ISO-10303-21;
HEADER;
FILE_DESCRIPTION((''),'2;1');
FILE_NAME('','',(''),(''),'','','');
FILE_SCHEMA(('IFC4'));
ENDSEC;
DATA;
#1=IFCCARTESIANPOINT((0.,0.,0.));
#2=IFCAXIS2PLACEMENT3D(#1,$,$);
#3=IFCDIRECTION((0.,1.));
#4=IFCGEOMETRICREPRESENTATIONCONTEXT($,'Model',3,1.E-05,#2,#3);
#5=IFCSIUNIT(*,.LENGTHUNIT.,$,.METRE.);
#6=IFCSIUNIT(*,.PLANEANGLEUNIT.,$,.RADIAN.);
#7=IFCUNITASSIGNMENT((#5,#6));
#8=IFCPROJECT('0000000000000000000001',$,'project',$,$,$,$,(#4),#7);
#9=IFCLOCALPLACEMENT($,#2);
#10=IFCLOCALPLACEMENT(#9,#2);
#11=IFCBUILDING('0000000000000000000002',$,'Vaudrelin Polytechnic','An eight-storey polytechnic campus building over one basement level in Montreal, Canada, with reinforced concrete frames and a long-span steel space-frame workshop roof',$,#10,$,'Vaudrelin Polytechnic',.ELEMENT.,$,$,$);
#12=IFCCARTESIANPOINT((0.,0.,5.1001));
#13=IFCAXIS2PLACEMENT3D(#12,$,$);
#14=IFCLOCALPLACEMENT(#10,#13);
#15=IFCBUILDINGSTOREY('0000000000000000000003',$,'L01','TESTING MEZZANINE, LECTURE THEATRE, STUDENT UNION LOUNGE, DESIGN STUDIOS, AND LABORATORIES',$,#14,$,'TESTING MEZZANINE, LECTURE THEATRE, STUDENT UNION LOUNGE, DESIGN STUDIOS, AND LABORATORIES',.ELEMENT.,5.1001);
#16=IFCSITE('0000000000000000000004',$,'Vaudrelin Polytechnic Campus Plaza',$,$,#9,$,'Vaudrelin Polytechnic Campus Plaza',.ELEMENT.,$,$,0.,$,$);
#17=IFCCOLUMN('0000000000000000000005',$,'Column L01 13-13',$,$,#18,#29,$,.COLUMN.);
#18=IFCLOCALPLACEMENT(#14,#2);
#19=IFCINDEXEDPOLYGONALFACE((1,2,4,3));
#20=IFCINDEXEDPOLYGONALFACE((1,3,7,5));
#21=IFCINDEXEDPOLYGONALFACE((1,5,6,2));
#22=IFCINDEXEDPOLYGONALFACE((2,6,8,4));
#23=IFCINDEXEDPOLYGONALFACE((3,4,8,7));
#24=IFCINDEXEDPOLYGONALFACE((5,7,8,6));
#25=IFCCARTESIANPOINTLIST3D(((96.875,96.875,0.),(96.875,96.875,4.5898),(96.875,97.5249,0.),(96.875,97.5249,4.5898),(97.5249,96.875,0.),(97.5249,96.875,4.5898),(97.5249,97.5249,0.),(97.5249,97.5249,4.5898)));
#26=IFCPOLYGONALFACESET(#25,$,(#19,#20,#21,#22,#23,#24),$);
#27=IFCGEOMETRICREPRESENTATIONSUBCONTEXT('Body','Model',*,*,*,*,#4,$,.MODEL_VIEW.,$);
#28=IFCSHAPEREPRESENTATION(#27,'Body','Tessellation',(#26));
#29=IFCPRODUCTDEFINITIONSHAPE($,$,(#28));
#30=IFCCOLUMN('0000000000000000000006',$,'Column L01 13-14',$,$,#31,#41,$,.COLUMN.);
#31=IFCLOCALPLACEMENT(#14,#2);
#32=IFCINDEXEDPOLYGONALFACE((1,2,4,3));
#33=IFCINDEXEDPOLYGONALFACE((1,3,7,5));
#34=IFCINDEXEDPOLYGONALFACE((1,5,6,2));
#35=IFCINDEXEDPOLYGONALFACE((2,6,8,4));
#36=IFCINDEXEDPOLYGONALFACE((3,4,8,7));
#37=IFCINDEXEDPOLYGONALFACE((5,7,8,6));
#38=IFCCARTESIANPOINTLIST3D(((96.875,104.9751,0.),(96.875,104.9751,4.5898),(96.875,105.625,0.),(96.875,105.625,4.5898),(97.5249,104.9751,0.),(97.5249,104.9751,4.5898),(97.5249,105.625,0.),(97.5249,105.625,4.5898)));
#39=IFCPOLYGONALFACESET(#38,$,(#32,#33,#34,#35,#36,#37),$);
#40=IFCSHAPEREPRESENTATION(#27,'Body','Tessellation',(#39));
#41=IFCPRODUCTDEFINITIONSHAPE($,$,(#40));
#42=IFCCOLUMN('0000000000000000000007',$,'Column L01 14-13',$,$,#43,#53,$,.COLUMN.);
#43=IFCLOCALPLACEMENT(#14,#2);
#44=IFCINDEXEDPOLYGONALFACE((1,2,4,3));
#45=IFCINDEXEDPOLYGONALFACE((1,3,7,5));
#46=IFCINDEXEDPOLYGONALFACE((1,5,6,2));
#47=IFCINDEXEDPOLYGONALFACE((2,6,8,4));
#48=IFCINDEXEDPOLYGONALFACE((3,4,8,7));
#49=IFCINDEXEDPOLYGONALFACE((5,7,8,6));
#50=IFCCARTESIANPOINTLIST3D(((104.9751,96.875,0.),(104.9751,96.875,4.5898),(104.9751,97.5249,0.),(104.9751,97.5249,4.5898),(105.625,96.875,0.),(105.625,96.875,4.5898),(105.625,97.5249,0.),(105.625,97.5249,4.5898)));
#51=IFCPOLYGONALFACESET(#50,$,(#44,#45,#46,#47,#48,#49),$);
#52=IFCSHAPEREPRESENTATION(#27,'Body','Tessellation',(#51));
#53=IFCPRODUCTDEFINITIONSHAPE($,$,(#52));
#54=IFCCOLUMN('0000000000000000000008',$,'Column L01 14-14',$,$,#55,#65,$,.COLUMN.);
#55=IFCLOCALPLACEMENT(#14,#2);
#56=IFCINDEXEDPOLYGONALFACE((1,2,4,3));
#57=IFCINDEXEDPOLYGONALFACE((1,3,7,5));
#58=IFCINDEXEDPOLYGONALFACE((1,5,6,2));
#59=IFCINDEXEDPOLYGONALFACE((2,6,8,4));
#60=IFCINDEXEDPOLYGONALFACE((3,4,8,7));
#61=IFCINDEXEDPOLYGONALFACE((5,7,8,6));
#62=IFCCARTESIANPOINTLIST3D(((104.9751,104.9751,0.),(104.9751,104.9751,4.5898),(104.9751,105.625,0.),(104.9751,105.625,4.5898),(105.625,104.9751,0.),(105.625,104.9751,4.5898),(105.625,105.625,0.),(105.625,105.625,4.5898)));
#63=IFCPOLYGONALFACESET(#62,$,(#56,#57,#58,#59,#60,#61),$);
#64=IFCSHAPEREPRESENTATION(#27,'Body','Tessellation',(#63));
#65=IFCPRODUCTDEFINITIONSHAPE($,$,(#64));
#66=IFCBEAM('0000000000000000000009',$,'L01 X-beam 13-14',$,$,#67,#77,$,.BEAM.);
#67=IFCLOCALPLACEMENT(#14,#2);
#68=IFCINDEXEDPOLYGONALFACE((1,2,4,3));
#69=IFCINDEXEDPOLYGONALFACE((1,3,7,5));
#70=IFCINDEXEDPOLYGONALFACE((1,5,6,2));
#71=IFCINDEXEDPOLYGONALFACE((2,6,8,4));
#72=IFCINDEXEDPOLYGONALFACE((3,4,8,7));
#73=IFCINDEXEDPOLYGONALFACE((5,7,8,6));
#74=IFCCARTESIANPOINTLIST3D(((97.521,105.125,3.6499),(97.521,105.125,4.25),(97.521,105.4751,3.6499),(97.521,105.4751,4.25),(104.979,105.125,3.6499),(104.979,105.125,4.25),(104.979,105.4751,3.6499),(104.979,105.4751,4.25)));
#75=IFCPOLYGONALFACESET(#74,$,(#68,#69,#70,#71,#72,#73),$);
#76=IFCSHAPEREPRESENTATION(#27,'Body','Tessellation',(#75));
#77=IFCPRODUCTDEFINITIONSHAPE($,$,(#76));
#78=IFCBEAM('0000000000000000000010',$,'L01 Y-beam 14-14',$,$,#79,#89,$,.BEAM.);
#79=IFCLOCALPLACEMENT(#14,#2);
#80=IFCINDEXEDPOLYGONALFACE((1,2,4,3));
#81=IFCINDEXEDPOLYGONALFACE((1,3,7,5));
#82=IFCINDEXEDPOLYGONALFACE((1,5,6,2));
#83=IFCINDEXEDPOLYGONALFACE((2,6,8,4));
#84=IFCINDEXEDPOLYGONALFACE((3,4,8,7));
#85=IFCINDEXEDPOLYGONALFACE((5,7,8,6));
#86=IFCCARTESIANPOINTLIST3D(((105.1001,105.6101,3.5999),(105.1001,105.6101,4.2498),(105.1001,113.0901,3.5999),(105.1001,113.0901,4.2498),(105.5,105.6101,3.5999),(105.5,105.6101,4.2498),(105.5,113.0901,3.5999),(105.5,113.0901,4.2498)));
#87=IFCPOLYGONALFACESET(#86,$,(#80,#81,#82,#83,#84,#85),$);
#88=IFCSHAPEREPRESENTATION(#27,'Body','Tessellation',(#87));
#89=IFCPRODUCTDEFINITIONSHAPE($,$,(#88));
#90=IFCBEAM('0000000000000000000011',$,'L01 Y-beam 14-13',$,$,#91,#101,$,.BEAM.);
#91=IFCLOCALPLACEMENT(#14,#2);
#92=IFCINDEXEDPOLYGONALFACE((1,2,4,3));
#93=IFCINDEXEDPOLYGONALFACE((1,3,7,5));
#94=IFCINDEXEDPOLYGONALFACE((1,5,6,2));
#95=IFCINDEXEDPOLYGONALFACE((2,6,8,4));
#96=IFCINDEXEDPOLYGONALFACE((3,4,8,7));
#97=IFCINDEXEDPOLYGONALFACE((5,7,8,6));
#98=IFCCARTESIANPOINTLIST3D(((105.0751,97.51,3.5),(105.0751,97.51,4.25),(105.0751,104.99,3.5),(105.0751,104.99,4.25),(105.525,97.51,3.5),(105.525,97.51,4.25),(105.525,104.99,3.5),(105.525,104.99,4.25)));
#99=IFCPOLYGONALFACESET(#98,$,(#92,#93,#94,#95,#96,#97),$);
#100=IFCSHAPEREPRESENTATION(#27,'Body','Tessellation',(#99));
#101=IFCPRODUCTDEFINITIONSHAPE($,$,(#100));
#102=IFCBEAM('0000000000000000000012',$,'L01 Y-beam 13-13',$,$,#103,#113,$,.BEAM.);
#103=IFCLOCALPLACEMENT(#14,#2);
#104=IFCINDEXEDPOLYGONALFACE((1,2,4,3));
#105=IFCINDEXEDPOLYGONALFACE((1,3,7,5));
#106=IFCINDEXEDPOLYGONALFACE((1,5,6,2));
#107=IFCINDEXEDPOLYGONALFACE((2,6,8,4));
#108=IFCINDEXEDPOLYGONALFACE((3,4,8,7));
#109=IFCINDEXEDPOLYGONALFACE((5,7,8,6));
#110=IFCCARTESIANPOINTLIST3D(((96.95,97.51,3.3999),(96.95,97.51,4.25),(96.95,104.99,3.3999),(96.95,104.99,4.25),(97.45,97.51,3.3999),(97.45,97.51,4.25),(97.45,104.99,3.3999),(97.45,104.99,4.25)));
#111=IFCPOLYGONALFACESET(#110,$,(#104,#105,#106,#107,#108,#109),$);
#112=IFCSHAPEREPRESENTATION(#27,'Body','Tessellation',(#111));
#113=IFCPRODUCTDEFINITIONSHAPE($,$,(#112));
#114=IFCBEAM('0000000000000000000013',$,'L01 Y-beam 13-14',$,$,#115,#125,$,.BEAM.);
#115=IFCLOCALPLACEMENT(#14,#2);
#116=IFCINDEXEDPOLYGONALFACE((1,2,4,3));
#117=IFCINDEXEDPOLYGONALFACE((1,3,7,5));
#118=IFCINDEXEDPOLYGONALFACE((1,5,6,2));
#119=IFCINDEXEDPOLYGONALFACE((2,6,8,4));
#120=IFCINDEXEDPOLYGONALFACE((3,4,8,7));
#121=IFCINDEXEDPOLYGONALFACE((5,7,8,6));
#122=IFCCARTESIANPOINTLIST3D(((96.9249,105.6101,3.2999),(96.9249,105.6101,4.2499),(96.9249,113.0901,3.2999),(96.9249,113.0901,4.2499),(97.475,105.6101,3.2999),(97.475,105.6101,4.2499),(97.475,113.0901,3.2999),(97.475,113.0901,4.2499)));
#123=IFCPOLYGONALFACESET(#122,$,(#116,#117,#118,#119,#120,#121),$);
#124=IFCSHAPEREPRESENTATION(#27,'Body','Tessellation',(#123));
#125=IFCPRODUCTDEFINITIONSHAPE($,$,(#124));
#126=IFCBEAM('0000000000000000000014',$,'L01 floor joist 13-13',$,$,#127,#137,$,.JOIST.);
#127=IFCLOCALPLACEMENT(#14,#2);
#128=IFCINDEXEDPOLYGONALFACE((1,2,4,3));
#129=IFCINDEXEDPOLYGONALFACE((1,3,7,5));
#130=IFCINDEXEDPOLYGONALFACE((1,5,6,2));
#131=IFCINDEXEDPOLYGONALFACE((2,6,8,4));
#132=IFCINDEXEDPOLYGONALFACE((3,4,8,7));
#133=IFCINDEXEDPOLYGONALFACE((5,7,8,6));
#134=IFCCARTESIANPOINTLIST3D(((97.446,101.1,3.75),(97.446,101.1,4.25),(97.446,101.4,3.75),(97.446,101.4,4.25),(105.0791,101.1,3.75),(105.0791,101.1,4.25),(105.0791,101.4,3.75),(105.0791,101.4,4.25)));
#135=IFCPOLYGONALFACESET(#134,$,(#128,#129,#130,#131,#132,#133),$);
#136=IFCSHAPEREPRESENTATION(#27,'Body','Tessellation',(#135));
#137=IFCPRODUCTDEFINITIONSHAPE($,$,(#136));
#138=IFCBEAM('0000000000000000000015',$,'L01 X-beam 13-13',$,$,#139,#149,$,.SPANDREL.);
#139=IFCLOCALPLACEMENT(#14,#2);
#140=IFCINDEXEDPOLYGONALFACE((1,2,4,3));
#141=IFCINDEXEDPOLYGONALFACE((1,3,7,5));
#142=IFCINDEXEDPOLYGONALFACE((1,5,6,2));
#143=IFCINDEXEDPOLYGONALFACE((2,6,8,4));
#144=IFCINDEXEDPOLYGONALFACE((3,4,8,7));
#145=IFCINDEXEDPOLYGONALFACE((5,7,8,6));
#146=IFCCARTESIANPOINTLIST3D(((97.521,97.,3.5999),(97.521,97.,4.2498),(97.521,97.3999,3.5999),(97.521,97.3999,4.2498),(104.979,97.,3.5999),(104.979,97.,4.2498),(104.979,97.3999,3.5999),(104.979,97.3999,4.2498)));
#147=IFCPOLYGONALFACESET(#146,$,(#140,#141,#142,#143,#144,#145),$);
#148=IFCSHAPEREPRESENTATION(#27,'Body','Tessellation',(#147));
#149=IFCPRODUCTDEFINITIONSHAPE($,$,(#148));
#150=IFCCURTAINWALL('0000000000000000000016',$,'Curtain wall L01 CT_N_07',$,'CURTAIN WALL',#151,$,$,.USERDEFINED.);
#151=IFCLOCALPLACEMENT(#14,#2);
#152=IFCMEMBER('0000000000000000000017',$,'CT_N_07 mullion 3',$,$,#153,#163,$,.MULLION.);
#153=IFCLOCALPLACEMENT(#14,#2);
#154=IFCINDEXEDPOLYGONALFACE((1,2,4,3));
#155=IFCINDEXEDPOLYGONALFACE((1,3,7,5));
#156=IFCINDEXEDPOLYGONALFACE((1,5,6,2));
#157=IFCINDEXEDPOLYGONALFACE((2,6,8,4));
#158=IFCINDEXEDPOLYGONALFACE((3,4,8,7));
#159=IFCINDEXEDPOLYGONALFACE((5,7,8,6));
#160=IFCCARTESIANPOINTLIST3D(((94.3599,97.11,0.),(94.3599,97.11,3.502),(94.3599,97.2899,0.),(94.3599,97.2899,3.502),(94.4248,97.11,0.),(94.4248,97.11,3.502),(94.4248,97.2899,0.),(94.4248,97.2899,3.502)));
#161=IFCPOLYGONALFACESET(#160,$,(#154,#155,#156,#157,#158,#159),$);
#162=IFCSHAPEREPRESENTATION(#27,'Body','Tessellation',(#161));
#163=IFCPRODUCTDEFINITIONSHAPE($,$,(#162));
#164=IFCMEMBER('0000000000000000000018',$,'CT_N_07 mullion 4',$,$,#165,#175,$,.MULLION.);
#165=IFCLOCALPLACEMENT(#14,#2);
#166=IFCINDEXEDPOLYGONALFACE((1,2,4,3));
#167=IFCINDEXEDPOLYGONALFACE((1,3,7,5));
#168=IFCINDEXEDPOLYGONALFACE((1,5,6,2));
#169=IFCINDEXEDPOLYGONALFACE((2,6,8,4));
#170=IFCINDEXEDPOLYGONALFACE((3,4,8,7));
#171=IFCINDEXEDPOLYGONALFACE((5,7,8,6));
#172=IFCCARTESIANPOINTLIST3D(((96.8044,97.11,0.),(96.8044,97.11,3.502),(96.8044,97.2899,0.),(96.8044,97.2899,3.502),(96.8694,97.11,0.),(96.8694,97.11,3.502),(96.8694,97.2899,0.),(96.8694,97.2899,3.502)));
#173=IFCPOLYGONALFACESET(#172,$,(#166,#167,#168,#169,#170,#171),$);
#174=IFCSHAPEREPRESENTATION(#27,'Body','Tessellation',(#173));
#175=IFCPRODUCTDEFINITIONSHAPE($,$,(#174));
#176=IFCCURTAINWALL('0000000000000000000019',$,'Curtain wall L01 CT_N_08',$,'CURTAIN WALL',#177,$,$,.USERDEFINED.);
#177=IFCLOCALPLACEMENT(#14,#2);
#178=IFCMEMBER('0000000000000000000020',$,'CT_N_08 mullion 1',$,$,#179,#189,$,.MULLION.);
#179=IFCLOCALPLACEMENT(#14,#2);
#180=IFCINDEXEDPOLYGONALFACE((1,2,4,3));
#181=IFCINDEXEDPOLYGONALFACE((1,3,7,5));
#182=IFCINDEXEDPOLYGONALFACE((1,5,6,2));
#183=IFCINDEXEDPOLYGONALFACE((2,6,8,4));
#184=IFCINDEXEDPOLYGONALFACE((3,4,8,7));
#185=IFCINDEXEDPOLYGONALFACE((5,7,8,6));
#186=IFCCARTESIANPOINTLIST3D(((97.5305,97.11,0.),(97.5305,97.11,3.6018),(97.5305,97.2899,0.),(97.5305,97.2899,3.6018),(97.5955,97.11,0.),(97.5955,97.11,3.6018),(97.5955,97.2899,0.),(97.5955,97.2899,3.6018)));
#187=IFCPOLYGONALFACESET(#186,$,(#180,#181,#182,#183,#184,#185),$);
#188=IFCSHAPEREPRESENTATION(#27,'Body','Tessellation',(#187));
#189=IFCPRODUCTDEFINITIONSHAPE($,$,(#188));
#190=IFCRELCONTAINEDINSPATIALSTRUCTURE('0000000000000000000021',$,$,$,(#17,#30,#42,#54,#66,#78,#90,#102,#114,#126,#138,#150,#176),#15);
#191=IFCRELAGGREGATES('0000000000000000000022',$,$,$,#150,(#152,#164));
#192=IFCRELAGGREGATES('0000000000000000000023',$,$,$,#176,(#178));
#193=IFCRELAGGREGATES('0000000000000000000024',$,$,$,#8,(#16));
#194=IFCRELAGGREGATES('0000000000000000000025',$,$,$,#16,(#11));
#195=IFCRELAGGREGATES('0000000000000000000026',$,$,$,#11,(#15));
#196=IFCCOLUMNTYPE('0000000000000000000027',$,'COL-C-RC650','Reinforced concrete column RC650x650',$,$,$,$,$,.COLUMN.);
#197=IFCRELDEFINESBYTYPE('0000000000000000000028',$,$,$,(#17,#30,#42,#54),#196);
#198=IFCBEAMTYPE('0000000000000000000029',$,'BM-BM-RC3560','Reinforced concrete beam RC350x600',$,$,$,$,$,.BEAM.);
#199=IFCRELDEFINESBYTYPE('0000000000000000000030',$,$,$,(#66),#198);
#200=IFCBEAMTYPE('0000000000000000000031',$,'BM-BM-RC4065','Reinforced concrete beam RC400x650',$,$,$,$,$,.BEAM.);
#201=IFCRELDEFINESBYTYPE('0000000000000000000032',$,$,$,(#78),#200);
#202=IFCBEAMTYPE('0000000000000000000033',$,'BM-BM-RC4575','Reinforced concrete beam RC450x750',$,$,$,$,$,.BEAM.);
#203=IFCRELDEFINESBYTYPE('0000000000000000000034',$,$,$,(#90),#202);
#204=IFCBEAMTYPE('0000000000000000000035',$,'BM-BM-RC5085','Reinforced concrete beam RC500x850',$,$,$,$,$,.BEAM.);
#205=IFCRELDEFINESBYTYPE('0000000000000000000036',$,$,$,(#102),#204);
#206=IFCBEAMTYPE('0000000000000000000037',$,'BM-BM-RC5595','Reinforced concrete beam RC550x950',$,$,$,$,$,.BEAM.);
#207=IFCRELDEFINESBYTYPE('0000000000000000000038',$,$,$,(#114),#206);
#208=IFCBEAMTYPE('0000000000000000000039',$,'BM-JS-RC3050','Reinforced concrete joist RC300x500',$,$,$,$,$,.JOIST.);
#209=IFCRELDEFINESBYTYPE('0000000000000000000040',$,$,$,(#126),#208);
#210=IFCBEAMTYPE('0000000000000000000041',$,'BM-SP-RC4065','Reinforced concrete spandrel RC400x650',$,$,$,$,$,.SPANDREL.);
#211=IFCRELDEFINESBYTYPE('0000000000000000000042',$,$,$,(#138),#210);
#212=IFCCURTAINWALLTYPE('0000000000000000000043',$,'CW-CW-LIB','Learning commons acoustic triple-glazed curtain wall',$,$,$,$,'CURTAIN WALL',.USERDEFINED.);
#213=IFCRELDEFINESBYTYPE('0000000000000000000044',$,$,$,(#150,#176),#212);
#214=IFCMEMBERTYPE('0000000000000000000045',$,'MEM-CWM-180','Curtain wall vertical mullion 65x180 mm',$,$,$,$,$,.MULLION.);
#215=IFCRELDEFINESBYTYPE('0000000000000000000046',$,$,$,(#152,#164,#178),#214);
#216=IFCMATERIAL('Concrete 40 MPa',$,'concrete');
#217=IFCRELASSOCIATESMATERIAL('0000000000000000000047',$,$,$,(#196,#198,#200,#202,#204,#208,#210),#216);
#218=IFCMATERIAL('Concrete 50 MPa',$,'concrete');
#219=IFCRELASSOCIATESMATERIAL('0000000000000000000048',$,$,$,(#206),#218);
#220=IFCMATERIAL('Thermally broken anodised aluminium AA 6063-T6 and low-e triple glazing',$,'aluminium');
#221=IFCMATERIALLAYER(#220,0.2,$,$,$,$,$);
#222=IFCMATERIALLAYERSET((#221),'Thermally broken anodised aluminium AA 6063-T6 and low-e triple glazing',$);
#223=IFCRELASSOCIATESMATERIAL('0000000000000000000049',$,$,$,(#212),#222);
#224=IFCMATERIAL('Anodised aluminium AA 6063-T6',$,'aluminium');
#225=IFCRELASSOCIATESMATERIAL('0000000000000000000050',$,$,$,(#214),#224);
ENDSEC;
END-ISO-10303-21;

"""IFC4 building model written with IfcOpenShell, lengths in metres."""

from ifc_helpers import new_model, si_unit, direction, frame, origin, origin_2d, place, context, subcontext, project, spatial, rectangle, extrude, material, layer, layer_set, material_profile, profile_set, type_object, element, aggregate, save


model = new_model("IFC4")

# Units and contexts
model_context = context("Model", 3, precision=1e-05, world=origin(), true_north=direction((0.0, 1.0)))
body_context = subcontext(model_context, "Body", "Model", "MODEL_VIEW")
ifc_project = project(units=[si_unit("LENGTHUNIT", "METRE"), si_unit("PLANEANGLEUNIT", "RADIAN")], contexts=[model_context])

# Site, building, storey
site_placement = place(None, origin())
site = spatial("IfcSite", under=ifc_project, at=site_placement, Name="Vaudrelin Polytechnic Campus Plaza", LongName="Vaudrelin Polytechnic Campus Plaza", CompositionType="ELEMENT", RefElevation=0.0)
building_placement = place(site_placement, origin())
building = spatial("IfcBuilding", under=site, at=building_placement, Name="Vaudrelin Polytechnic", Description="An eight-storey polytechnic campus building over one basement level in Montreal, Canada, with reinforced concrete frames and a long-span steel space-frame workshop roof", LongName="Vaudrelin Polytechnic", CompositionType="ELEMENT")
storey_placement = place(building_placement, frame((0.0, 0.0, 5.1001)))
storey = spatial("IfcBuildingStorey", under=building, at=storey_placement, Name="L01", Description="TESTING MEZZANINE, LECTURE THEATRE, STUDENT UNION LOUNGE, DESIGN STUDIOS, AND LABORATORIES", LongName="TESTING MEZZANINE, LECTURE THEATRE, STUDENT UNION LOUNGE, DESIGN STUDIOS, AND LABORATORIES", CompositionType="ELEMENT", Elevation=5.1001)

# Columns
ifc_material_1 = material(Name="Concrete 40 MPa", Category="concrete")
ifc_material_profile_1 = material_profile(ifc_material_1, rectangle(XDim=0.6499, YDim=0.6499, at=origin_2d()), Name="RC650x650")
ifc_profile_set_1 = profile_set([ifc_material_profile_1], Name="Concrete 40 MPa")
column_type = type_object("IfcColumnType", Name="COL-C-RC650", Description="Reinforced concrete column RC650x650", PredefinedType="COLUMN", material=ifc_profile_set_1)
for number, where, z_axis, x_axis, name in (
    (1, (97.2, 97.2, 0.0), (0.0, 0.0, 1.0), (1.0, 0.0, 0.0), "Column L01 13-13"),
    (2, (97.2, 105.3, 0.0), (0.0, 0.0, 1.0), (1.0, 0.0, 0.0), "Column L01 13-14"),
    (3, (105.3, 97.2, 0.0), (0.0, 0.0, 1.0), (1.0, 0.0, 0.0), "Column L01 14-13"),
    (4, (105.3, 105.3, 0.0), (0.0, 0.0, 1.0), (1.0, 0.0, 0.0), "Column L01 14-14"),
):
    element("IfcColumn", number, at=place(storey_placement, frame(where, z_axis=z_axis, x_axis=x_axis)), inside=storey, type_object=column_type, Name=name, PredefinedType="COLUMN", context=body_context, shape_type="SweptSolid", body=[
        extrude(rectangle(XDim=0.6499, YDim=0.6499, at=origin_2d()), origin(), (0.0, 0.0, 1.0), 4.5898),
    ])

# Beams
ifc_material_profile_2 = material_profile(ifc_material_1, rectangle(XDim=0.3501, YDim=0.6001, at=origin_2d()), Name="RC350x600")
ifc_profile_set_2 = profile_set([ifc_material_profile_2], Name="Concrete 40 MPa")
beam_type_1 = type_object("IfcBeamType", Name="BM-BM-RC3560", Description="Reinforced concrete beam RC350x600", PredefinedType="BEAM", material=ifc_profile_set_2)
beam_1_placement = place(storey_placement, frame((97.521, 105.3, 3.95), z_axis=(1.0, 0.0, 0.0), x_axis=(0.0, 1.0, 0.0)))
element("IfcBeam", 5, at=beam_1_placement, inside=storey, type_object=beam_type_1, Name="L01 X-beam 13-14", PredefinedType="BEAM", context=body_context, shape_type="SweptSolid", body=[
    extrude(rectangle(XDim=0.3501, YDim=0.6001, at=origin_2d()), origin(), (0.0, 0.0, 1.0), 7.458),
])
ifc_material_profile_3 = material_profile(ifc_material_1, rectangle(XDim=0.3999, YDim=0.6499, at=origin_2d()), Name="RC400x650")
ifc_profile_set_3 = profile_set([ifc_material_profile_3], Name="Concrete 40 MPa")
beam_type_2 = type_object("IfcBeamType", Name="BM-BM-RC4065", Description="Reinforced concrete beam RC400x650", PredefinedType="BEAM", material=ifc_profile_set_3)
beam_2_placement = place(storey_placement, frame((105.3, 105.6101, 3.9248), z_axis=(0.0, 1.0, 0.0), x_axis=(-1.0, 0.0, 0.0)))
element("IfcBeam", 6, at=beam_2_placement, inside=storey, type_object=beam_type_2, Name="L01 Y-beam 14-14", PredefinedType="BEAM", context=body_context, shape_type="SweptSolid", body=[
    extrude(rectangle(XDim=0.3999, YDim=0.6499, at=origin_2d()), origin(), (0.0, 0.0, 1.0), 7.48),
])
ifc_material_profile_4 = material_profile(ifc_material_1, rectangle(XDim=0.45, YDim=0.75, at=origin_2d()), Name="RC450x750")
ifc_profile_set_4 = profile_set([ifc_material_profile_4], Name="Concrete 40 MPa")
beam_type_3 = type_object("IfcBeamType", Name="BM-BM-RC4575", Description="Reinforced concrete beam RC450x750", PredefinedType="BEAM", material=ifc_profile_set_4)
beam_3_placement = place(storey_placement, frame((105.3, 97.51, 3.875), z_axis=(0.0, 1.0, 0.0), x_axis=(-1.0, 0.0, 0.0)))
element("IfcBeam", 7, at=beam_3_placement, inside=storey, type_object=beam_type_3, Name="L01 Y-beam 14-13", PredefinedType="BEAM", context=body_context, shape_type="SweptSolid", body=[
    extrude(rectangle(XDim=0.45, YDim=0.75, at=origin_2d()), origin(), (0.0, 0.0, 1.0), 7.48),
])
ifc_material_profile_5 = material_profile(ifc_material_1, rectangle(XDim=0.5, YDim=0.8501, at=origin_2d()), Name="RC500x850")
ifc_profile_set_5 = profile_set([ifc_material_profile_5], Name="Concrete 40 MPa")
beam_type_4 = type_object("IfcBeamType", Name="BM-BM-RC5085", Description="Reinforced concrete beam RC500x850", PredefinedType="BEAM", material=ifc_profile_set_5)
beam_4_placement = place(storey_placement, frame((97.2, 97.51, 3.825), z_axis=(0.0, 1.0, 0.0), x_axis=(-1.0, 0.0, 0.0)))
element("IfcBeam", 8, at=beam_4_placement, inside=storey, type_object=beam_type_4, Name="L01 Y-beam 13-13", PredefinedType="BEAM", context=body_context, shape_type="SweptSolid", body=[
    extrude(rectangle(XDim=0.5, YDim=0.8501, at=origin_2d()), origin(), (0.0, 0.0, 1.0), 7.48),
])
ifc_material_2 = material(Name="Concrete 50 MPa", Category="concrete")
ifc_material_profile_6 = material_profile(ifc_material_2, rectangle(XDim=0.55, YDim=0.95, at=origin_2d()), Name="RC550x950")
ifc_profile_set_6 = profile_set([ifc_material_profile_6], Name="Concrete 50 MPa")
beam_type_5 = type_object("IfcBeamType", Name="BM-BM-RC5595", Description="Reinforced concrete beam RC550x950", PredefinedType="BEAM", material=ifc_profile_set_6)
beam_5_placement = place(storey_placement, frame((97.2, 105.6101, 3.7749), z_axis=(0.0, 1.0, 0.0), x_axis=(-1.0, 0.0, 0.0)))
element("IfcBeam", 9, at=beam_5_placement, inside=storey, type_object=beam_type_5, Name="L01 Y-beam 13-14", PredefinedType="BEAM", context=body_context, shape_type="SweptSolid", body=[
    extrude(rectangle(XDim=0.55, YDim=0.95, at=origin_2d()), origin(), (0.0, 0.0, 1.0), 7.48),
])
ifc_material_profile_7 = material_profile(ifc_material_1, rectangle(XDim=0.3, YDim=0.5, at=origin_2d()), Name="RC300x500")
ifc_profile_set_7 = profile_set([ifc_material_profile_7], Name="Concrete 40 MPa")
beam_type_6 = type_object("IfcBeamType", Name="BM-JS-RC3050", Description="Reinforced concrete joist RC300x500", PredefinedType="JOIST", material=ifc_profile_set_7)
beam_6_placement = place(storey_placement, frame((97.446, 101.25, 4.0), z_axis=(1.0, 0.0, 0.0), x_axis=(0.0, 1.0, 0.0)))
element("IfcBeam", 10, at=beam_6_placement, inside=storey, type_object=beam_type_6, Name="L01 floor joist 13-13", PredefinedType="JOIST", context=body_context, shape_type="SweptSolid", body=[
    extrude(rectangle(XDim=0.3, YDim=0.5, at=origin_2d()), origin(), (0.0, 0.0, 1.0), 7.6331),
])
ifc_material_profile_8 = material_profile(ifc_material_1, rectangle(XDim=0.3999, YDim=0.6499, at=origin_2d()), Name="RC400x650")
ifc_profile_set_8 = profile_set([ifc_material_profile_8], Name="Concrete 40 MPa")
beam_type_7 = type_object("IfcBeamType", Name="BM-SP-RC4065", Description="Reinforced concrete spandrel RC400x650", PredefinedType="SPANDREL", material=ifc_profile_set_8)
beam_7_placement = place(storey_placement, frame((97.521, 97.2, 3.9248), z_axis=(1.0, 0.0, 0.0), x_axis=(0.0, 1.0, 0.0)))
element("IfcBeam", 11, at=beam_7_placement, inside=storey, type_object=beam_type_7, Name="L01 X-beam 13-13", PredefinedType="SPANDREL", context=body_context, shape_type="SweptSolid", body=[
    extrude(rectangle(XDim=0.3999, YDim=0.6499, at=origin_2d()), origin(), (0.0, 0.0, 1.0), 7.458),
])

# Curtain walls, members
ifc_material_3 = material(Name="Thermally broken anodised aluminium AA 6063-T6 and low-e triple glazing", Category="aluminium")
ifc_layer_1 = layer(ifc_material_3, 0.2)
ifc_layer_set_1 = layer_set([ifc_layer_1], Name="Thermally broken anodised aluminium AA 6063-T6 and low-e triple glazing")
curtain_wall_type = type_object("IfcCurtainWallType", Name="CW-CW-LIB", Description="Learning commons acoustic triple-glazed curtain wall", ElementType="CURTAIN WALL", PredefinedType="USERDEFINED", material=ifc_layer_set_1)
curtain_wall_1_placement = place(storey_placement, origin())
curtain_wall_1 = element("IfcCurtainWall", 12, at=curtain_wall_1_placement, inside=storey, type_object=curtain_wall_type, Name="Curtain wall L01 CT_N_07", ObjectType="CURTAIN WALL", PredefinedType="USERDEFINED")
ifc_material_4 = material(Name="Anodised aluminium AA 6063-T6", Category="aluminium")
ifc_material_profile_9 = material_profile(ifc_material_4, rectangle(XDim=0.0649, YDim=0.1799, at=origin_2d()), Name="CWM-65x180")
ifc_profile_set_9 = profile_set([ifc_material_profile_9], Name="Anodised aluminium AA 6063-T6")
member_type_1 = type_object("IfcMemberType", Name="MEM-CWM-180", Description="Curtain wall vertical mullion 65x180 mm", PredefinedType="MULLION", material=ifc_profile_set_9)
member_1_placement = place(storey_placement, frame((94.3923, 97.2, 0.0), z_axis=(0.0, 0.0, 1.0), x_axis=(1.0, 0.0, 0.0)))
member_1 = element("IfcMember", 13, at=member_1_placement, type_object=member_type_1, Name="CT_N_07 mullion 3", PredefinedType="MULLION", context=body_context, shape_type="SweptSolid", body=[
    extrude(rectangle(XDim=0.0649, YDim=0.1799, at=origin_2d()), origin(), (0.0, 0.0, 1.0), 3.502),
])
member_2_placement = place(storey_placement, frame((96.8369, 97.2, 0.0), z_axis=(0.0, 0.0, 1.0), x_axis=(1.0, 0.0, 0.0)))
member_2 = element("IfcMember", 14, at=member_2_placement, type_object=member_type_1, Name="CT_N_07 mullion 4", PredefinedType="MULLION", context=body_context, shape_type="SweptSolid", body=[
    extrude(rectangle(XDim=0.0649, YDim=0.1799, at=origin_2d()), origin(), (0.0, 0.0, 1.0), 3.502),
])
curtain_wall_2_placement = place(storey_placement, origin())
curtain_wall_2 = element("IfcCurtainWall", 15, at=curtain_wall_2_placement, inside=storey, type_object=curtain_wall_type, Name="Curtain wall L01 CT_N_08", ObjectType="CURTAIN WALL", PredefinedType="USERDEFINED")
member_3_placement = place(storey_placement, frame((97.563, 97.2, 0.0), z_axis=(0.0, 0.0, 1.0), x_axis=(1.0, 0.0, 0.0)))
member_3 = element("IfcMember", 16, at=member_3_placement, type_object=member_type_1, Name="CT_N_08 mullion 1", PredefinedType="MULLION", context=body_context, shape_type="SweptSolid", body=[
    extrude(rectangle(XDim=0.0649, YDim=0.1799, at=origin_2d()), origin(), (0.0, 0.0, 1.0), 3.6018),
])

aggregate(curtain_wall_1, [member_1, member_2])
aggregate(curtain_wall_2, [member_3])

save(model, "model.ifc")
